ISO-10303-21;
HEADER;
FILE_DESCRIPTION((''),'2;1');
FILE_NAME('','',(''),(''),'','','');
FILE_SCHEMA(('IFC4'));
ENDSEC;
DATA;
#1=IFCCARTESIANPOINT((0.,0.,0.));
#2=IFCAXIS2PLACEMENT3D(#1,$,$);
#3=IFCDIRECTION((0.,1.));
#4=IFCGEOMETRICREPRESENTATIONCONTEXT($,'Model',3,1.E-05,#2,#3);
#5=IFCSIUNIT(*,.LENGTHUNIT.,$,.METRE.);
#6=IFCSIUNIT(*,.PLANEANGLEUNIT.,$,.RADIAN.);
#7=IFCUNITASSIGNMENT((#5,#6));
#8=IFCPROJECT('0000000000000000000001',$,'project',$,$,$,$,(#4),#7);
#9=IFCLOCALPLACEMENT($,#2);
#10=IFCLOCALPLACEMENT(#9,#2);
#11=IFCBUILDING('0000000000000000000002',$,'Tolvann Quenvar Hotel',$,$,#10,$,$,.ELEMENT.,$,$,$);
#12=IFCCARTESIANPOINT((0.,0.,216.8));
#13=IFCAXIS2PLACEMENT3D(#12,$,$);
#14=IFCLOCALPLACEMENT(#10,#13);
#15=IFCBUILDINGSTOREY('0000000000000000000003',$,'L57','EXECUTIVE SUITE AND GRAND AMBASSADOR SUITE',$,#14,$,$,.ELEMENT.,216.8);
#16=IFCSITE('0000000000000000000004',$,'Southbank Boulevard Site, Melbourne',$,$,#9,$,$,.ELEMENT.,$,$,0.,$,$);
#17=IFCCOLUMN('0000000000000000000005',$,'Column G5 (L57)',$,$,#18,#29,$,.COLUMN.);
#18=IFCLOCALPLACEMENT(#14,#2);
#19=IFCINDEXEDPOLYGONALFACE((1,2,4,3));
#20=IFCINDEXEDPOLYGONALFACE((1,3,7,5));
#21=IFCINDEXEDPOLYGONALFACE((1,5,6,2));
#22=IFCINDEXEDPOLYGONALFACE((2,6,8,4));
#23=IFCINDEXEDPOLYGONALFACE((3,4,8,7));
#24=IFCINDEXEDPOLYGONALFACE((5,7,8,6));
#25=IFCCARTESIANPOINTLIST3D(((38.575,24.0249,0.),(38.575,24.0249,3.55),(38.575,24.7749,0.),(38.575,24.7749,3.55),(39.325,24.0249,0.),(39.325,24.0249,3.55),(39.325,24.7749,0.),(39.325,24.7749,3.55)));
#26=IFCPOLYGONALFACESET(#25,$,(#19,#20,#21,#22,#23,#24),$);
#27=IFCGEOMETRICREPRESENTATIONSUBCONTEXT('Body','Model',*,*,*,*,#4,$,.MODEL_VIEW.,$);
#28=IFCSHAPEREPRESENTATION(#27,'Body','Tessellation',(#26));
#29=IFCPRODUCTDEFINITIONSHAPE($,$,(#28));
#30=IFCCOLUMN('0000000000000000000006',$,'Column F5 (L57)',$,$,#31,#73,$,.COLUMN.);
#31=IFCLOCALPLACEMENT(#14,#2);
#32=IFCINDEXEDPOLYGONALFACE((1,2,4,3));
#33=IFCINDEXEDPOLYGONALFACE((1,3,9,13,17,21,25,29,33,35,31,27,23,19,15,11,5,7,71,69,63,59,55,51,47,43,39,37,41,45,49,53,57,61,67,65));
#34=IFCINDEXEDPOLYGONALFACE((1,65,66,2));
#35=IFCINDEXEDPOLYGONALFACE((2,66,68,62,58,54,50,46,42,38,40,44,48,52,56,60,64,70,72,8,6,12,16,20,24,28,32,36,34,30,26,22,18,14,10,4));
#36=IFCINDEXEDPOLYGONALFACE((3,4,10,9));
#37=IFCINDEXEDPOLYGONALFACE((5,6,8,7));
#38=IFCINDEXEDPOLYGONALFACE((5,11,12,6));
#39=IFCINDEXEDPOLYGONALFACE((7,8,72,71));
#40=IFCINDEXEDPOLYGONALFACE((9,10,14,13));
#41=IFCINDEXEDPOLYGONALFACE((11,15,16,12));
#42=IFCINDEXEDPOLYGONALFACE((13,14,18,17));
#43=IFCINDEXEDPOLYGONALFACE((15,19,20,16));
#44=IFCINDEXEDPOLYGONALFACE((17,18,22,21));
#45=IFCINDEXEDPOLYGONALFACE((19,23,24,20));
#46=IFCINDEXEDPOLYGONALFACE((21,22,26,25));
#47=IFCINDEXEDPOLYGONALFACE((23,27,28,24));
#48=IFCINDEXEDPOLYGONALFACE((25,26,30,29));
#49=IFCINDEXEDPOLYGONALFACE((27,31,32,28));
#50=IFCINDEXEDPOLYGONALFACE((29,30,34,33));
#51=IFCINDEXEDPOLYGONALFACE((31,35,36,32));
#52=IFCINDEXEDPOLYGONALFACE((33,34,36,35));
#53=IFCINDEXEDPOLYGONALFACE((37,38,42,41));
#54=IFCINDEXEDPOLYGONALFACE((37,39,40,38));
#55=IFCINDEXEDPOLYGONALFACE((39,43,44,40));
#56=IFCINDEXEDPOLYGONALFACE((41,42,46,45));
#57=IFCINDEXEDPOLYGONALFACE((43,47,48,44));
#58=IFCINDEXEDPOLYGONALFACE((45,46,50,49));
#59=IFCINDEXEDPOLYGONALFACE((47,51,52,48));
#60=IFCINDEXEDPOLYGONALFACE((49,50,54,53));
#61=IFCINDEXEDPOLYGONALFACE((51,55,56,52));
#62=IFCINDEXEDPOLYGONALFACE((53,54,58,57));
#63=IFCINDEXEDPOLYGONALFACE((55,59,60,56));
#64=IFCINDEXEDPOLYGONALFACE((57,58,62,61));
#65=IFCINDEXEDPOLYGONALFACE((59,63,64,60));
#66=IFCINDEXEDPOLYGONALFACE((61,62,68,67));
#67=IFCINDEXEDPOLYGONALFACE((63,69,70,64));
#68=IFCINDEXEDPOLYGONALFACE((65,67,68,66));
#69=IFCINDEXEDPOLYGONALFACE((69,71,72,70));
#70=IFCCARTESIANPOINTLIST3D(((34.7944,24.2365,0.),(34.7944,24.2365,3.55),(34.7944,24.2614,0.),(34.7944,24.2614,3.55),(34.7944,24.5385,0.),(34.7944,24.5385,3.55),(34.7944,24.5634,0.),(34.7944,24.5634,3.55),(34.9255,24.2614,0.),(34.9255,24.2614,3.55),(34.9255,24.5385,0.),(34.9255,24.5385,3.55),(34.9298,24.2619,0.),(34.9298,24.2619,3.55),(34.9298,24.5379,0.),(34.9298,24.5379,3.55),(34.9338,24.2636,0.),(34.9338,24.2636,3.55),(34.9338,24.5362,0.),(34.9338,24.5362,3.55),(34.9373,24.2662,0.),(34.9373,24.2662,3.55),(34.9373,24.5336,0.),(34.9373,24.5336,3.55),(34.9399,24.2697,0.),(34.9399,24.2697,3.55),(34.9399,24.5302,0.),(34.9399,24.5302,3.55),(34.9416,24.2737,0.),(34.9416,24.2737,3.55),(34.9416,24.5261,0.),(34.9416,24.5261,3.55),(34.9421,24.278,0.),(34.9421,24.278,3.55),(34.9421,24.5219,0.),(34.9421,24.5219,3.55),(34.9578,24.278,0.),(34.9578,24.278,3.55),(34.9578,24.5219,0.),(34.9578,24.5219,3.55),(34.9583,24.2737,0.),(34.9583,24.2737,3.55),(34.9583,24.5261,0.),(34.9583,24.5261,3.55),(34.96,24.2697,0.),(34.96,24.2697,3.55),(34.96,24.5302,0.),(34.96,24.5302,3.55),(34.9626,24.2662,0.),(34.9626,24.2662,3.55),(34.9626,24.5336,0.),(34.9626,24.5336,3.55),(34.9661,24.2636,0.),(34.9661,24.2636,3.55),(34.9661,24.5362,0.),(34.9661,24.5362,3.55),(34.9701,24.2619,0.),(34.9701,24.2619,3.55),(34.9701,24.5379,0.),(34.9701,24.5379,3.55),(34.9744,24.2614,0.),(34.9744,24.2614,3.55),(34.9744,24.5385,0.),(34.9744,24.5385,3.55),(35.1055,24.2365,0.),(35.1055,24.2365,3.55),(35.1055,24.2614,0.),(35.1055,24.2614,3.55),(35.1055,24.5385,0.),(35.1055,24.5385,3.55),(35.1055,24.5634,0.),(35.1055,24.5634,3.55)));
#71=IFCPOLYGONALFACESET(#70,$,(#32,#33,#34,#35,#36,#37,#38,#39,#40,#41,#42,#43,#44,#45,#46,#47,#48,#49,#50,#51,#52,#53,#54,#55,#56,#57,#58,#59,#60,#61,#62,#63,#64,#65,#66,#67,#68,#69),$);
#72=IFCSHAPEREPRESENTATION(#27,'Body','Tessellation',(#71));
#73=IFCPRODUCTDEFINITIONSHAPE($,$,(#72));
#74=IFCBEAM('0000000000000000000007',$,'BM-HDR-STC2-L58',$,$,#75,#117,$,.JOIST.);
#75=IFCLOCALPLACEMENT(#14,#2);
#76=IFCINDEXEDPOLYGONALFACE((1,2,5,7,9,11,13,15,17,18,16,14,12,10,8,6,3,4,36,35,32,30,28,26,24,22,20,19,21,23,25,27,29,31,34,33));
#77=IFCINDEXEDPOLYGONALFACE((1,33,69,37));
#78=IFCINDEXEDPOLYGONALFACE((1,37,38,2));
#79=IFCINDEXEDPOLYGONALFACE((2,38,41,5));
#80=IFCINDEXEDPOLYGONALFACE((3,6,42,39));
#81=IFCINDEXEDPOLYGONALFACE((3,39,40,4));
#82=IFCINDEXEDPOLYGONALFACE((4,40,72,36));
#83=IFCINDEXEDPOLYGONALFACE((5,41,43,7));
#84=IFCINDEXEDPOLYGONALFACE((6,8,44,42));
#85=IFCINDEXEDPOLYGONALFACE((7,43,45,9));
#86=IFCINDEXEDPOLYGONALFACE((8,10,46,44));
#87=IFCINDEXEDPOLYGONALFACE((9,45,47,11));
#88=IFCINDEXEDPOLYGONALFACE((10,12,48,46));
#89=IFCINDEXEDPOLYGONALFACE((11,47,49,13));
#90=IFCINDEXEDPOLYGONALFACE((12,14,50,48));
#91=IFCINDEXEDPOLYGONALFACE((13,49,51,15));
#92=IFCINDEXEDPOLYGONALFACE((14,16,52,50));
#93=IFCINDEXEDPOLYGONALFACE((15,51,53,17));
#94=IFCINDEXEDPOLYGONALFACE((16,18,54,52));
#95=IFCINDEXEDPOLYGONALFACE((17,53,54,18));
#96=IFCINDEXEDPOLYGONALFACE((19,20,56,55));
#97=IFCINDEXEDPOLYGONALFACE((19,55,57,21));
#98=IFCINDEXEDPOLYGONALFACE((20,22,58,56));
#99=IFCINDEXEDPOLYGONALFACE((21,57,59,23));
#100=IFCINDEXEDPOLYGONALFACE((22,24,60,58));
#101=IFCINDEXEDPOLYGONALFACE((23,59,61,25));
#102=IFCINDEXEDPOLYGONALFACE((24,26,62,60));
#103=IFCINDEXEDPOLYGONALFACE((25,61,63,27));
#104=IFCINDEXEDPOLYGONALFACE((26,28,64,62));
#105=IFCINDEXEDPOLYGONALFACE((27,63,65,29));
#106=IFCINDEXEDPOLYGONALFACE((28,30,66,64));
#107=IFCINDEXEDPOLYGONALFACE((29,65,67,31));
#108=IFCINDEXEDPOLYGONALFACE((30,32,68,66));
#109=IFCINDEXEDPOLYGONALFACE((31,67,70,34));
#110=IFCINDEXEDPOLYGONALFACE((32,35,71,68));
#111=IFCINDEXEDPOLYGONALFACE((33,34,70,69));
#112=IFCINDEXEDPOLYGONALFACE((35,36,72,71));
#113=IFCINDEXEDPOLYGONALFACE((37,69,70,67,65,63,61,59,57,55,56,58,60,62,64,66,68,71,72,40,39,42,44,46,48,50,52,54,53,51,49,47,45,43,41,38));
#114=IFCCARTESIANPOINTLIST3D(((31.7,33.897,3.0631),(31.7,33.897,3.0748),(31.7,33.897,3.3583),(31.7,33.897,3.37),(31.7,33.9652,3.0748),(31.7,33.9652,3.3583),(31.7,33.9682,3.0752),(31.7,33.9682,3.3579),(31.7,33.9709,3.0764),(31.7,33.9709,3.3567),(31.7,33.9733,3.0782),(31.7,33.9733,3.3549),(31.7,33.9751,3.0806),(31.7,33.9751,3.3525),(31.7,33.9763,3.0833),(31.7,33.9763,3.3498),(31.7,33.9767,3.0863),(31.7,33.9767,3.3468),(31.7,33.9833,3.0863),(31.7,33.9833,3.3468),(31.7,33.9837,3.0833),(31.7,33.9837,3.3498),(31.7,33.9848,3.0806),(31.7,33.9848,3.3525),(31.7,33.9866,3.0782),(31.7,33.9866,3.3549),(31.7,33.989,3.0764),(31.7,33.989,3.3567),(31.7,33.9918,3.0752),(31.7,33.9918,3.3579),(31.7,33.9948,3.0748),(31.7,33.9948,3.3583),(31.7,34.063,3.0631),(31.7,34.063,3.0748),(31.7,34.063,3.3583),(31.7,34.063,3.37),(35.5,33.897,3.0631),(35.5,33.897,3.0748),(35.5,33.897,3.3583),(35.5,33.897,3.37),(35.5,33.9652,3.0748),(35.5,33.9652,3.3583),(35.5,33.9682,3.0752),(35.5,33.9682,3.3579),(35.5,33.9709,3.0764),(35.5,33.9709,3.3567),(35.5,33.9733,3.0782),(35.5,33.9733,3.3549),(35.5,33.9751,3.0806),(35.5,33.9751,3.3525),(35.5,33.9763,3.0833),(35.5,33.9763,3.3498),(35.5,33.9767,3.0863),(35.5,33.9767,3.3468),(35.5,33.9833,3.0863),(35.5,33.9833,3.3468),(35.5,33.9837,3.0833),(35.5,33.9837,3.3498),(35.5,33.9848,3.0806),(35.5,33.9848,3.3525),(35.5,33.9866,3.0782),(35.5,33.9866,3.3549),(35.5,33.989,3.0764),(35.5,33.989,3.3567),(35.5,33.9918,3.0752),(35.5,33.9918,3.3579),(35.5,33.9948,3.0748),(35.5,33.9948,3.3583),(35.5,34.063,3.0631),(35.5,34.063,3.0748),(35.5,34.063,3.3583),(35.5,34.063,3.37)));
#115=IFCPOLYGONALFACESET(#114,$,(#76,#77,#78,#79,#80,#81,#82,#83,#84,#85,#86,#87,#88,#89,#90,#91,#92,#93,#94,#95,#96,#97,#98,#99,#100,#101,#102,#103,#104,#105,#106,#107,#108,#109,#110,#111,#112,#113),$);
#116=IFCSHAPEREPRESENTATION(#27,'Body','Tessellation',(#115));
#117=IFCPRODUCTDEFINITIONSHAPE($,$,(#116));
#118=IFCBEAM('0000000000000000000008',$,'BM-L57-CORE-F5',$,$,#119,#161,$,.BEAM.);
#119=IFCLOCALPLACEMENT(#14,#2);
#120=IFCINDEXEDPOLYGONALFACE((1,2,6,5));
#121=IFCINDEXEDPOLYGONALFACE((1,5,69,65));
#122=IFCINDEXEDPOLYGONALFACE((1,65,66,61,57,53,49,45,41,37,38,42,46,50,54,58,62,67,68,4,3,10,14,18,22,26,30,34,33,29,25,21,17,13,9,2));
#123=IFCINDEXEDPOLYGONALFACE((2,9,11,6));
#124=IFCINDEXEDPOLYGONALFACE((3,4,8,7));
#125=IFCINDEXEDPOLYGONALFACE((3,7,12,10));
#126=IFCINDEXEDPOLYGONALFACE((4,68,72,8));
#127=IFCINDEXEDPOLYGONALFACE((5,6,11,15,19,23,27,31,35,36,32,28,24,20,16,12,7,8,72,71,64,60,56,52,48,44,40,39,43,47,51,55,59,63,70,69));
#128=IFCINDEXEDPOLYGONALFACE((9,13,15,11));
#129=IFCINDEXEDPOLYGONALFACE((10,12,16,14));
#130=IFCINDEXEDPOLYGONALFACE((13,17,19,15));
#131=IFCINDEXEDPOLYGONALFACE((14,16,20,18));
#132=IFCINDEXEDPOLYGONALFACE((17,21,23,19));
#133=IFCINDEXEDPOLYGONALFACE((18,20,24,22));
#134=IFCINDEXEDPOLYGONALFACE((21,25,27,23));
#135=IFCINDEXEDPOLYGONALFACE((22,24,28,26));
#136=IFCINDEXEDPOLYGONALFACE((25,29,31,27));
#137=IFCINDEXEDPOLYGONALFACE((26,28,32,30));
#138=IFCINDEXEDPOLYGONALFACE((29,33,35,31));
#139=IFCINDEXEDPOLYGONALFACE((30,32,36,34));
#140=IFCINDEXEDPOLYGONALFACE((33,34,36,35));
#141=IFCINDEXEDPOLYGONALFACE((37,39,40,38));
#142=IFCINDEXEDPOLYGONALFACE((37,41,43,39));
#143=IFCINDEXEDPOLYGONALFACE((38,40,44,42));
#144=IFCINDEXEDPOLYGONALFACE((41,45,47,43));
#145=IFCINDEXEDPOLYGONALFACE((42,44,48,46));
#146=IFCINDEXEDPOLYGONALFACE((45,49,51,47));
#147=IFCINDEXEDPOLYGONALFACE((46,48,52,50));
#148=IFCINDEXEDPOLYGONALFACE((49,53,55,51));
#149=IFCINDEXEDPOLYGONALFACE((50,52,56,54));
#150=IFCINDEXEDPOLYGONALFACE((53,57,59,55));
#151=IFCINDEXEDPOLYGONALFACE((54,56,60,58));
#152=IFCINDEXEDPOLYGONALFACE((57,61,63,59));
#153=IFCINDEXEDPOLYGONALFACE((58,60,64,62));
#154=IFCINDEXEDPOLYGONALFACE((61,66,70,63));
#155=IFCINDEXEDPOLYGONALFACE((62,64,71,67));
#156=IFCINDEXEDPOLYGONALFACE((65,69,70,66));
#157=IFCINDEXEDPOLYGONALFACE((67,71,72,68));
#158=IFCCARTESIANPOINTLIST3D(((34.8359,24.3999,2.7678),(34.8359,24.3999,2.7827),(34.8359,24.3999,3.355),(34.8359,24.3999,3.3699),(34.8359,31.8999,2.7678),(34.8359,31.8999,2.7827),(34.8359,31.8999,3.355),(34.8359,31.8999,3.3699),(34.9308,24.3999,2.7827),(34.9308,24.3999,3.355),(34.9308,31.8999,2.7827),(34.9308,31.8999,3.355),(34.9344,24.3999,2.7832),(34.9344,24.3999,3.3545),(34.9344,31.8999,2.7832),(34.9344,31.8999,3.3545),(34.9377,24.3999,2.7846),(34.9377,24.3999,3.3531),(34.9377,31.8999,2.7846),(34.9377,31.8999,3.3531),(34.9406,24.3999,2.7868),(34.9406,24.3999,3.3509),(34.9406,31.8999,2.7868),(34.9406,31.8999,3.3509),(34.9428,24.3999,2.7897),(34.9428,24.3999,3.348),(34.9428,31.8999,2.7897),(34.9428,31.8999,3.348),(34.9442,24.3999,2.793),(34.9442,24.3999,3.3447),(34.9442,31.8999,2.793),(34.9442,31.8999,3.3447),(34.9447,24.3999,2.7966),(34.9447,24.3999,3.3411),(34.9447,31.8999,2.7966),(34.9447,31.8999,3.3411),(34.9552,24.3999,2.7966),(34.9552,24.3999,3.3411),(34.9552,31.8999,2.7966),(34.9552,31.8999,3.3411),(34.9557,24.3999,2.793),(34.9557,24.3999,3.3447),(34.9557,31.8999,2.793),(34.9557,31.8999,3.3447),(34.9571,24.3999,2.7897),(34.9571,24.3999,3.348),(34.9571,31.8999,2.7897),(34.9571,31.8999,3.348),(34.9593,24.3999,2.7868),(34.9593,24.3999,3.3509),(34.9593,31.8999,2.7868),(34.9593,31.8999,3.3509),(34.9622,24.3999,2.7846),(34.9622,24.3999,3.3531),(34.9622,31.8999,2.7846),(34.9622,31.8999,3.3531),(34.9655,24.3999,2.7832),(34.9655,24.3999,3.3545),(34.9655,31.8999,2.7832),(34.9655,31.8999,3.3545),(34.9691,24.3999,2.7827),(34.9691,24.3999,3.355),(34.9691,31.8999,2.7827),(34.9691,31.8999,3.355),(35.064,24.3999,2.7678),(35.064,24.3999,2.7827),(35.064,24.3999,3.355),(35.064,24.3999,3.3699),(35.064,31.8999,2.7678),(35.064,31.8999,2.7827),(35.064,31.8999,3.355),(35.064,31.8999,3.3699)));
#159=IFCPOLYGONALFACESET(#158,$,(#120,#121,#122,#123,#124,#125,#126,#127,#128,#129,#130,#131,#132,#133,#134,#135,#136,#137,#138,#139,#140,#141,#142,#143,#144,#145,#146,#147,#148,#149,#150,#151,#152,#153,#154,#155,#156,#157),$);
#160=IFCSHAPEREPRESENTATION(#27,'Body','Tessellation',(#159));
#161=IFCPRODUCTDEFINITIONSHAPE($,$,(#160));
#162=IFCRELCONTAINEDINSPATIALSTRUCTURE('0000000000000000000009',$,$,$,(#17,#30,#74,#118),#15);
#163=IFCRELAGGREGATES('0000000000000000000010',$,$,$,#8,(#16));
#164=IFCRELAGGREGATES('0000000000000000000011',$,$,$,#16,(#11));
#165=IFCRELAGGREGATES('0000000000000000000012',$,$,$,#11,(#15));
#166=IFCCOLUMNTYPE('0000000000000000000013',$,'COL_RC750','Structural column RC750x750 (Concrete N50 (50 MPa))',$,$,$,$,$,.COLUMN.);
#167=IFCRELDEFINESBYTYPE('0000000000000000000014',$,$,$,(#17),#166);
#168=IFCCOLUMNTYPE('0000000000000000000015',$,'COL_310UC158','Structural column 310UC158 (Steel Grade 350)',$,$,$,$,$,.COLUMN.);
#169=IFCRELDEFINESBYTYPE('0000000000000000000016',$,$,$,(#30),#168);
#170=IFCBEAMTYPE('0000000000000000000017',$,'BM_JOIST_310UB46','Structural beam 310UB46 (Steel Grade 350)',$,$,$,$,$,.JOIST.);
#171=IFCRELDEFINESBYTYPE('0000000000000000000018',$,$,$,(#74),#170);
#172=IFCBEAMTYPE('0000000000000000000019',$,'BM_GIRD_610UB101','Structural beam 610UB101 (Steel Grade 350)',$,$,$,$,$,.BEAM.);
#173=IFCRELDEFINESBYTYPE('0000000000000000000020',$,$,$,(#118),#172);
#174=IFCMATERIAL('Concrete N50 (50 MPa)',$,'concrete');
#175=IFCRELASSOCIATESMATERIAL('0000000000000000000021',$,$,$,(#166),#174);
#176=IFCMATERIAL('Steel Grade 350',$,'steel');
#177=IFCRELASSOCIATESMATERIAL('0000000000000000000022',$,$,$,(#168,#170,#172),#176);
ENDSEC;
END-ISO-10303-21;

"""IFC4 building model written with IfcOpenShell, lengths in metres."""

from ifc_helpers import new_model, si_unit, direction, frame, origin, origin_2d, place, context, subcontext, project, spatial, rectangle, i_section, extrude, source, transform, mapped, material, material_profile, profile_set, type_object, type_shapes, element, save


model = new_model("IFC4")

# Units and contexts
model_context = context("Model", 3, precision=1e-05, world=origin(), true_north=direction((0.0, 1.0)))
body_context = subcontext(model_context, "Body", "Model", "MODEL_VIEW")
ifc_project = project(units=[si_unit("LENGTHUNIT", "METRE"), si_unit("PLANEANGLEUNIT", "RADIAN")], contexts=[model_context])

# Site, building, storey
site_placement = place(None, origin())
site = spatial("IfcSite", under=ifc_project, at=site_placement, Name="Southbank Boulevard Site, Melbourne", CompositionType="ELEMENT", RefElevation=0.0)
building_placement = place(site_placement, origin())
building = spatial("IfcBuilding", under=site, at=building_placement, Name="Tolvann Quenvar Hotel", CompositionType="ELEMENT")
storey_placement = place(building_placement, frame((0.0, 0.0, 216.8)))
storey = spatial("IfcBuildingStorey", under=building, at=storey_placement, Name="L57", Description="EXECUTIVE SUITE AND GRAND AMBASSADOR SUITE", CompositionType="ELEMENT", Elevation=216.8)

# Columns
ifc_material_1 = material(Name="Concrete N50 (50 MPa)", Category="concrete")
ifc_material_profile_1 = material_profile(ifc_material_1, rectangle(XDim=0.75, YDim=0.75, at=origin_2d()), Name="RC750x750")
ifc_profile_set_1 = profile_set([ifc_material_profile_1], Name="Concrete N50 (50 MPa)")
column_type_1 = type_object("IfcColumnType", Name="COL_RC750", Description="Structural column RC750x750 (Concrete N50 (50 MPa))", PredefinedType="COLUMN", material=ifc_profile_set_1)
shared_shape_1 = source(origin(), body_context, "Body", "SweptSolid", [
    extrude(rectangle(XDim=0.75, YDim=0.75, at=origin_2d()), origin(), (0.0, 0.0, 1.0), 3.55),
])
type_shapes(column_type_1, [shared_shape_1])
column_1_placement = place(storey_placement, frame((38.95, 24.3999, 0.0), z_axis=(0.0, 0.0, 1.0), x_axis=(1.0, 0.0, 0.0)))
element("IfcColumn", 1, at=column_1_placement, inside=storey, type_object=column_type_1, Name="Column G5 (L57)", PredefinedType="COLUMN", context=body_context, shape_type="MappedRepresentation", body=[
    mapped(shared_shape_1, transform((0.0, 0.0, 0.0), x_axis=(1.0, 0.0, 0.0), y_axis=(0.0, 1.0, 0.0), z_axis=(0.0, 0.0, 1.0), scale=1.0)),
])
ifc_material_2 = material(Name="Steel Grade 350", Category="steel")
ifc_material_profile_2 = material_profile(ifc_material_2, i_section(OverallWidth=0.311, OverallDepth=0.3269, WebThickness=0.0156, FlangeThickness=0.0249, FilletRadius=0.0166, at=origin_2d()), Name="310UC158")
ifc_profile_set_2 = profile_set([ifc_material_profile_2], Name="Steel Grade 350")
column_type_2 = type_object("IfcColumnType", Name="COL_310UC158", Description="Structural column 310UC158 (Steel Grade 350)", PredefinedType="COLUMN", material=ifc_profile_set_2)
shared_shape_2 = source(origin(), body_context, "Body", "SweptSolid", [
    extrude(i_section(OverallWidth=0.311, OverallDepth=0.3269, WebThickness=0.0156, FlangeThickness=0.0249, FilletRadius=0.0166, at=origin_2d()), origin(), (0.0, 0.0, 1.0), 3.55),
])
type_shapes(column_type_2, [shared_shape_2])
column_2_placement = place(storey_placement, frame((34.95, 24.3999, 0.0), z_axis=(0.0, 0.0, 1.0), x_axis=(1.0, 0.0, 0.0)))
element("IfcColumn", 2, at=column_2_placement, inside=storey, type_object=column_type_2, Name="Column F5 (L57)", PredefinedType="COLUMN", context=body_context, shape_type="MappedRepresentation", body=[
    mapped(shared_shape_2, transform((0.0, 0.0, 0.0), x_axis=(1.0, 0.0, 0.0), y_axis=(0.0, 1.0, 0.0), z_axis=(0.0, 0.0, 1.0), scale=1.0)),
])

# Beams
ifc_material_profile_3 = material_profile(ifc_material_2, i_section(OverallWidth=0.166, OverallDepth=0.3069, WebThickness=0.0066, FlangeThickness=0.0117, FilletRadius=0.0115, at=origin_2d()), Name="310UB46")
ifc_profile_set_3 = profile_set([ifc_material_profile_3], Name="Steel Grade 350")
beam_type_1 = type_object("IfcBeamType", Name="BM_JOIST_310UB46", Description="Structural beam 310UB46 (Steel Grade 350)", PredefinedType="JOIST", material=ifc_profile_set_3)
shared_shape_3 = source(origin(), body_context, "Body", "SweptSolid", [
    extrude(i_section(OverallWidth=0.166, OverallDepth=0.3069, WebThickness=0.0066, FlangeThickness=0.0117, FilletRadius=0.0115, at=origin_2d()), origin(), (0.0, 0.0, 1.0), 3.8),
])
type_shapes(beam_type_1, [shared_shape_3])
beam_1_placement = place(storey_placement, frame((31.7, 33.98, 3.2166), z_axis=(1.0, 0.0, 0.0), x_axis=(0.0, 1.0, 0.0)))
element("IfcBeam", 3, at=beam_1_placement, inside=storey, type_object=beam_type_1, Name="BM-HDR-STC2-L58", PredefinedType="JOIST", context=body_context, shape_type="MappedRepresentation", body=[
    mapped(shared_shape_3, transform((0.0, 0.0, 0.0), x_axis=(1.0, 0.0, 0.0), y_axis=(0.0, 1.0, 0.0), z_axis=(0.0, 0.0, 1.0), scale=1.0)),
])
ifc_material_profile_4 = material_profile(ifc_material_2, i_section(OverallWidth=0.228, OverallDepth=0.6021, WebThickness=0.0105, FlangeThickness=0.0149, FilletRadius=0.0139, at=origin_2d()), Name="610UB101")
ifc_profile_set_4 = profile_set([ifc_material_profile_4], Name="Steel Grade 350")
beam_type_2 = type_object("IfcBeamType", Name="BM_GIRD_610UB101", Description="Structural beam 610UB101 (Steel Grade 350)", PredefinedType="BEAM", material=ifc_profile_set_4)
shared_shape_4 = source(origin(), body_context, "Body", "SweptSolid", [
    extrude(i_section(OverallWidth=0.228, OverallDepth=0.6021, WebThickness=0.0105, FlangeThickness=0.0149, FilletRadius=0.0139, at=origin_2d()), origin(), (0.0, 0.0, 1.0), 7.5),
])
for number, where, z_axis, x_axis, name in (
    (4, (34.95, 24.3999, 3.0688), (0.0, 1.0, 0.0), (-1.0, 0.0, 0.0), "BM-L57-CORE-F5"),
):
    element("IfcBeam", number, at=place(storey_placement, frame(where, z_axis=z_axis, x_axis=x_axis)), inside=storey, type_object=beam_type_2, Name=name, PredefinedType="BEAM", context=body_context, shape_type="MappedRepresentation", body=[
        mapped(shared_shape_4, transform((0.0, 0.0, 0.0), x_axis=(1.0, 0.0, 0.0), y_axis=(0.0, 1.0, 0.0), z_axis=(0.0, 0.0, 1.0), scale=1.0)),
    ])

save(model, "model.ifc")
